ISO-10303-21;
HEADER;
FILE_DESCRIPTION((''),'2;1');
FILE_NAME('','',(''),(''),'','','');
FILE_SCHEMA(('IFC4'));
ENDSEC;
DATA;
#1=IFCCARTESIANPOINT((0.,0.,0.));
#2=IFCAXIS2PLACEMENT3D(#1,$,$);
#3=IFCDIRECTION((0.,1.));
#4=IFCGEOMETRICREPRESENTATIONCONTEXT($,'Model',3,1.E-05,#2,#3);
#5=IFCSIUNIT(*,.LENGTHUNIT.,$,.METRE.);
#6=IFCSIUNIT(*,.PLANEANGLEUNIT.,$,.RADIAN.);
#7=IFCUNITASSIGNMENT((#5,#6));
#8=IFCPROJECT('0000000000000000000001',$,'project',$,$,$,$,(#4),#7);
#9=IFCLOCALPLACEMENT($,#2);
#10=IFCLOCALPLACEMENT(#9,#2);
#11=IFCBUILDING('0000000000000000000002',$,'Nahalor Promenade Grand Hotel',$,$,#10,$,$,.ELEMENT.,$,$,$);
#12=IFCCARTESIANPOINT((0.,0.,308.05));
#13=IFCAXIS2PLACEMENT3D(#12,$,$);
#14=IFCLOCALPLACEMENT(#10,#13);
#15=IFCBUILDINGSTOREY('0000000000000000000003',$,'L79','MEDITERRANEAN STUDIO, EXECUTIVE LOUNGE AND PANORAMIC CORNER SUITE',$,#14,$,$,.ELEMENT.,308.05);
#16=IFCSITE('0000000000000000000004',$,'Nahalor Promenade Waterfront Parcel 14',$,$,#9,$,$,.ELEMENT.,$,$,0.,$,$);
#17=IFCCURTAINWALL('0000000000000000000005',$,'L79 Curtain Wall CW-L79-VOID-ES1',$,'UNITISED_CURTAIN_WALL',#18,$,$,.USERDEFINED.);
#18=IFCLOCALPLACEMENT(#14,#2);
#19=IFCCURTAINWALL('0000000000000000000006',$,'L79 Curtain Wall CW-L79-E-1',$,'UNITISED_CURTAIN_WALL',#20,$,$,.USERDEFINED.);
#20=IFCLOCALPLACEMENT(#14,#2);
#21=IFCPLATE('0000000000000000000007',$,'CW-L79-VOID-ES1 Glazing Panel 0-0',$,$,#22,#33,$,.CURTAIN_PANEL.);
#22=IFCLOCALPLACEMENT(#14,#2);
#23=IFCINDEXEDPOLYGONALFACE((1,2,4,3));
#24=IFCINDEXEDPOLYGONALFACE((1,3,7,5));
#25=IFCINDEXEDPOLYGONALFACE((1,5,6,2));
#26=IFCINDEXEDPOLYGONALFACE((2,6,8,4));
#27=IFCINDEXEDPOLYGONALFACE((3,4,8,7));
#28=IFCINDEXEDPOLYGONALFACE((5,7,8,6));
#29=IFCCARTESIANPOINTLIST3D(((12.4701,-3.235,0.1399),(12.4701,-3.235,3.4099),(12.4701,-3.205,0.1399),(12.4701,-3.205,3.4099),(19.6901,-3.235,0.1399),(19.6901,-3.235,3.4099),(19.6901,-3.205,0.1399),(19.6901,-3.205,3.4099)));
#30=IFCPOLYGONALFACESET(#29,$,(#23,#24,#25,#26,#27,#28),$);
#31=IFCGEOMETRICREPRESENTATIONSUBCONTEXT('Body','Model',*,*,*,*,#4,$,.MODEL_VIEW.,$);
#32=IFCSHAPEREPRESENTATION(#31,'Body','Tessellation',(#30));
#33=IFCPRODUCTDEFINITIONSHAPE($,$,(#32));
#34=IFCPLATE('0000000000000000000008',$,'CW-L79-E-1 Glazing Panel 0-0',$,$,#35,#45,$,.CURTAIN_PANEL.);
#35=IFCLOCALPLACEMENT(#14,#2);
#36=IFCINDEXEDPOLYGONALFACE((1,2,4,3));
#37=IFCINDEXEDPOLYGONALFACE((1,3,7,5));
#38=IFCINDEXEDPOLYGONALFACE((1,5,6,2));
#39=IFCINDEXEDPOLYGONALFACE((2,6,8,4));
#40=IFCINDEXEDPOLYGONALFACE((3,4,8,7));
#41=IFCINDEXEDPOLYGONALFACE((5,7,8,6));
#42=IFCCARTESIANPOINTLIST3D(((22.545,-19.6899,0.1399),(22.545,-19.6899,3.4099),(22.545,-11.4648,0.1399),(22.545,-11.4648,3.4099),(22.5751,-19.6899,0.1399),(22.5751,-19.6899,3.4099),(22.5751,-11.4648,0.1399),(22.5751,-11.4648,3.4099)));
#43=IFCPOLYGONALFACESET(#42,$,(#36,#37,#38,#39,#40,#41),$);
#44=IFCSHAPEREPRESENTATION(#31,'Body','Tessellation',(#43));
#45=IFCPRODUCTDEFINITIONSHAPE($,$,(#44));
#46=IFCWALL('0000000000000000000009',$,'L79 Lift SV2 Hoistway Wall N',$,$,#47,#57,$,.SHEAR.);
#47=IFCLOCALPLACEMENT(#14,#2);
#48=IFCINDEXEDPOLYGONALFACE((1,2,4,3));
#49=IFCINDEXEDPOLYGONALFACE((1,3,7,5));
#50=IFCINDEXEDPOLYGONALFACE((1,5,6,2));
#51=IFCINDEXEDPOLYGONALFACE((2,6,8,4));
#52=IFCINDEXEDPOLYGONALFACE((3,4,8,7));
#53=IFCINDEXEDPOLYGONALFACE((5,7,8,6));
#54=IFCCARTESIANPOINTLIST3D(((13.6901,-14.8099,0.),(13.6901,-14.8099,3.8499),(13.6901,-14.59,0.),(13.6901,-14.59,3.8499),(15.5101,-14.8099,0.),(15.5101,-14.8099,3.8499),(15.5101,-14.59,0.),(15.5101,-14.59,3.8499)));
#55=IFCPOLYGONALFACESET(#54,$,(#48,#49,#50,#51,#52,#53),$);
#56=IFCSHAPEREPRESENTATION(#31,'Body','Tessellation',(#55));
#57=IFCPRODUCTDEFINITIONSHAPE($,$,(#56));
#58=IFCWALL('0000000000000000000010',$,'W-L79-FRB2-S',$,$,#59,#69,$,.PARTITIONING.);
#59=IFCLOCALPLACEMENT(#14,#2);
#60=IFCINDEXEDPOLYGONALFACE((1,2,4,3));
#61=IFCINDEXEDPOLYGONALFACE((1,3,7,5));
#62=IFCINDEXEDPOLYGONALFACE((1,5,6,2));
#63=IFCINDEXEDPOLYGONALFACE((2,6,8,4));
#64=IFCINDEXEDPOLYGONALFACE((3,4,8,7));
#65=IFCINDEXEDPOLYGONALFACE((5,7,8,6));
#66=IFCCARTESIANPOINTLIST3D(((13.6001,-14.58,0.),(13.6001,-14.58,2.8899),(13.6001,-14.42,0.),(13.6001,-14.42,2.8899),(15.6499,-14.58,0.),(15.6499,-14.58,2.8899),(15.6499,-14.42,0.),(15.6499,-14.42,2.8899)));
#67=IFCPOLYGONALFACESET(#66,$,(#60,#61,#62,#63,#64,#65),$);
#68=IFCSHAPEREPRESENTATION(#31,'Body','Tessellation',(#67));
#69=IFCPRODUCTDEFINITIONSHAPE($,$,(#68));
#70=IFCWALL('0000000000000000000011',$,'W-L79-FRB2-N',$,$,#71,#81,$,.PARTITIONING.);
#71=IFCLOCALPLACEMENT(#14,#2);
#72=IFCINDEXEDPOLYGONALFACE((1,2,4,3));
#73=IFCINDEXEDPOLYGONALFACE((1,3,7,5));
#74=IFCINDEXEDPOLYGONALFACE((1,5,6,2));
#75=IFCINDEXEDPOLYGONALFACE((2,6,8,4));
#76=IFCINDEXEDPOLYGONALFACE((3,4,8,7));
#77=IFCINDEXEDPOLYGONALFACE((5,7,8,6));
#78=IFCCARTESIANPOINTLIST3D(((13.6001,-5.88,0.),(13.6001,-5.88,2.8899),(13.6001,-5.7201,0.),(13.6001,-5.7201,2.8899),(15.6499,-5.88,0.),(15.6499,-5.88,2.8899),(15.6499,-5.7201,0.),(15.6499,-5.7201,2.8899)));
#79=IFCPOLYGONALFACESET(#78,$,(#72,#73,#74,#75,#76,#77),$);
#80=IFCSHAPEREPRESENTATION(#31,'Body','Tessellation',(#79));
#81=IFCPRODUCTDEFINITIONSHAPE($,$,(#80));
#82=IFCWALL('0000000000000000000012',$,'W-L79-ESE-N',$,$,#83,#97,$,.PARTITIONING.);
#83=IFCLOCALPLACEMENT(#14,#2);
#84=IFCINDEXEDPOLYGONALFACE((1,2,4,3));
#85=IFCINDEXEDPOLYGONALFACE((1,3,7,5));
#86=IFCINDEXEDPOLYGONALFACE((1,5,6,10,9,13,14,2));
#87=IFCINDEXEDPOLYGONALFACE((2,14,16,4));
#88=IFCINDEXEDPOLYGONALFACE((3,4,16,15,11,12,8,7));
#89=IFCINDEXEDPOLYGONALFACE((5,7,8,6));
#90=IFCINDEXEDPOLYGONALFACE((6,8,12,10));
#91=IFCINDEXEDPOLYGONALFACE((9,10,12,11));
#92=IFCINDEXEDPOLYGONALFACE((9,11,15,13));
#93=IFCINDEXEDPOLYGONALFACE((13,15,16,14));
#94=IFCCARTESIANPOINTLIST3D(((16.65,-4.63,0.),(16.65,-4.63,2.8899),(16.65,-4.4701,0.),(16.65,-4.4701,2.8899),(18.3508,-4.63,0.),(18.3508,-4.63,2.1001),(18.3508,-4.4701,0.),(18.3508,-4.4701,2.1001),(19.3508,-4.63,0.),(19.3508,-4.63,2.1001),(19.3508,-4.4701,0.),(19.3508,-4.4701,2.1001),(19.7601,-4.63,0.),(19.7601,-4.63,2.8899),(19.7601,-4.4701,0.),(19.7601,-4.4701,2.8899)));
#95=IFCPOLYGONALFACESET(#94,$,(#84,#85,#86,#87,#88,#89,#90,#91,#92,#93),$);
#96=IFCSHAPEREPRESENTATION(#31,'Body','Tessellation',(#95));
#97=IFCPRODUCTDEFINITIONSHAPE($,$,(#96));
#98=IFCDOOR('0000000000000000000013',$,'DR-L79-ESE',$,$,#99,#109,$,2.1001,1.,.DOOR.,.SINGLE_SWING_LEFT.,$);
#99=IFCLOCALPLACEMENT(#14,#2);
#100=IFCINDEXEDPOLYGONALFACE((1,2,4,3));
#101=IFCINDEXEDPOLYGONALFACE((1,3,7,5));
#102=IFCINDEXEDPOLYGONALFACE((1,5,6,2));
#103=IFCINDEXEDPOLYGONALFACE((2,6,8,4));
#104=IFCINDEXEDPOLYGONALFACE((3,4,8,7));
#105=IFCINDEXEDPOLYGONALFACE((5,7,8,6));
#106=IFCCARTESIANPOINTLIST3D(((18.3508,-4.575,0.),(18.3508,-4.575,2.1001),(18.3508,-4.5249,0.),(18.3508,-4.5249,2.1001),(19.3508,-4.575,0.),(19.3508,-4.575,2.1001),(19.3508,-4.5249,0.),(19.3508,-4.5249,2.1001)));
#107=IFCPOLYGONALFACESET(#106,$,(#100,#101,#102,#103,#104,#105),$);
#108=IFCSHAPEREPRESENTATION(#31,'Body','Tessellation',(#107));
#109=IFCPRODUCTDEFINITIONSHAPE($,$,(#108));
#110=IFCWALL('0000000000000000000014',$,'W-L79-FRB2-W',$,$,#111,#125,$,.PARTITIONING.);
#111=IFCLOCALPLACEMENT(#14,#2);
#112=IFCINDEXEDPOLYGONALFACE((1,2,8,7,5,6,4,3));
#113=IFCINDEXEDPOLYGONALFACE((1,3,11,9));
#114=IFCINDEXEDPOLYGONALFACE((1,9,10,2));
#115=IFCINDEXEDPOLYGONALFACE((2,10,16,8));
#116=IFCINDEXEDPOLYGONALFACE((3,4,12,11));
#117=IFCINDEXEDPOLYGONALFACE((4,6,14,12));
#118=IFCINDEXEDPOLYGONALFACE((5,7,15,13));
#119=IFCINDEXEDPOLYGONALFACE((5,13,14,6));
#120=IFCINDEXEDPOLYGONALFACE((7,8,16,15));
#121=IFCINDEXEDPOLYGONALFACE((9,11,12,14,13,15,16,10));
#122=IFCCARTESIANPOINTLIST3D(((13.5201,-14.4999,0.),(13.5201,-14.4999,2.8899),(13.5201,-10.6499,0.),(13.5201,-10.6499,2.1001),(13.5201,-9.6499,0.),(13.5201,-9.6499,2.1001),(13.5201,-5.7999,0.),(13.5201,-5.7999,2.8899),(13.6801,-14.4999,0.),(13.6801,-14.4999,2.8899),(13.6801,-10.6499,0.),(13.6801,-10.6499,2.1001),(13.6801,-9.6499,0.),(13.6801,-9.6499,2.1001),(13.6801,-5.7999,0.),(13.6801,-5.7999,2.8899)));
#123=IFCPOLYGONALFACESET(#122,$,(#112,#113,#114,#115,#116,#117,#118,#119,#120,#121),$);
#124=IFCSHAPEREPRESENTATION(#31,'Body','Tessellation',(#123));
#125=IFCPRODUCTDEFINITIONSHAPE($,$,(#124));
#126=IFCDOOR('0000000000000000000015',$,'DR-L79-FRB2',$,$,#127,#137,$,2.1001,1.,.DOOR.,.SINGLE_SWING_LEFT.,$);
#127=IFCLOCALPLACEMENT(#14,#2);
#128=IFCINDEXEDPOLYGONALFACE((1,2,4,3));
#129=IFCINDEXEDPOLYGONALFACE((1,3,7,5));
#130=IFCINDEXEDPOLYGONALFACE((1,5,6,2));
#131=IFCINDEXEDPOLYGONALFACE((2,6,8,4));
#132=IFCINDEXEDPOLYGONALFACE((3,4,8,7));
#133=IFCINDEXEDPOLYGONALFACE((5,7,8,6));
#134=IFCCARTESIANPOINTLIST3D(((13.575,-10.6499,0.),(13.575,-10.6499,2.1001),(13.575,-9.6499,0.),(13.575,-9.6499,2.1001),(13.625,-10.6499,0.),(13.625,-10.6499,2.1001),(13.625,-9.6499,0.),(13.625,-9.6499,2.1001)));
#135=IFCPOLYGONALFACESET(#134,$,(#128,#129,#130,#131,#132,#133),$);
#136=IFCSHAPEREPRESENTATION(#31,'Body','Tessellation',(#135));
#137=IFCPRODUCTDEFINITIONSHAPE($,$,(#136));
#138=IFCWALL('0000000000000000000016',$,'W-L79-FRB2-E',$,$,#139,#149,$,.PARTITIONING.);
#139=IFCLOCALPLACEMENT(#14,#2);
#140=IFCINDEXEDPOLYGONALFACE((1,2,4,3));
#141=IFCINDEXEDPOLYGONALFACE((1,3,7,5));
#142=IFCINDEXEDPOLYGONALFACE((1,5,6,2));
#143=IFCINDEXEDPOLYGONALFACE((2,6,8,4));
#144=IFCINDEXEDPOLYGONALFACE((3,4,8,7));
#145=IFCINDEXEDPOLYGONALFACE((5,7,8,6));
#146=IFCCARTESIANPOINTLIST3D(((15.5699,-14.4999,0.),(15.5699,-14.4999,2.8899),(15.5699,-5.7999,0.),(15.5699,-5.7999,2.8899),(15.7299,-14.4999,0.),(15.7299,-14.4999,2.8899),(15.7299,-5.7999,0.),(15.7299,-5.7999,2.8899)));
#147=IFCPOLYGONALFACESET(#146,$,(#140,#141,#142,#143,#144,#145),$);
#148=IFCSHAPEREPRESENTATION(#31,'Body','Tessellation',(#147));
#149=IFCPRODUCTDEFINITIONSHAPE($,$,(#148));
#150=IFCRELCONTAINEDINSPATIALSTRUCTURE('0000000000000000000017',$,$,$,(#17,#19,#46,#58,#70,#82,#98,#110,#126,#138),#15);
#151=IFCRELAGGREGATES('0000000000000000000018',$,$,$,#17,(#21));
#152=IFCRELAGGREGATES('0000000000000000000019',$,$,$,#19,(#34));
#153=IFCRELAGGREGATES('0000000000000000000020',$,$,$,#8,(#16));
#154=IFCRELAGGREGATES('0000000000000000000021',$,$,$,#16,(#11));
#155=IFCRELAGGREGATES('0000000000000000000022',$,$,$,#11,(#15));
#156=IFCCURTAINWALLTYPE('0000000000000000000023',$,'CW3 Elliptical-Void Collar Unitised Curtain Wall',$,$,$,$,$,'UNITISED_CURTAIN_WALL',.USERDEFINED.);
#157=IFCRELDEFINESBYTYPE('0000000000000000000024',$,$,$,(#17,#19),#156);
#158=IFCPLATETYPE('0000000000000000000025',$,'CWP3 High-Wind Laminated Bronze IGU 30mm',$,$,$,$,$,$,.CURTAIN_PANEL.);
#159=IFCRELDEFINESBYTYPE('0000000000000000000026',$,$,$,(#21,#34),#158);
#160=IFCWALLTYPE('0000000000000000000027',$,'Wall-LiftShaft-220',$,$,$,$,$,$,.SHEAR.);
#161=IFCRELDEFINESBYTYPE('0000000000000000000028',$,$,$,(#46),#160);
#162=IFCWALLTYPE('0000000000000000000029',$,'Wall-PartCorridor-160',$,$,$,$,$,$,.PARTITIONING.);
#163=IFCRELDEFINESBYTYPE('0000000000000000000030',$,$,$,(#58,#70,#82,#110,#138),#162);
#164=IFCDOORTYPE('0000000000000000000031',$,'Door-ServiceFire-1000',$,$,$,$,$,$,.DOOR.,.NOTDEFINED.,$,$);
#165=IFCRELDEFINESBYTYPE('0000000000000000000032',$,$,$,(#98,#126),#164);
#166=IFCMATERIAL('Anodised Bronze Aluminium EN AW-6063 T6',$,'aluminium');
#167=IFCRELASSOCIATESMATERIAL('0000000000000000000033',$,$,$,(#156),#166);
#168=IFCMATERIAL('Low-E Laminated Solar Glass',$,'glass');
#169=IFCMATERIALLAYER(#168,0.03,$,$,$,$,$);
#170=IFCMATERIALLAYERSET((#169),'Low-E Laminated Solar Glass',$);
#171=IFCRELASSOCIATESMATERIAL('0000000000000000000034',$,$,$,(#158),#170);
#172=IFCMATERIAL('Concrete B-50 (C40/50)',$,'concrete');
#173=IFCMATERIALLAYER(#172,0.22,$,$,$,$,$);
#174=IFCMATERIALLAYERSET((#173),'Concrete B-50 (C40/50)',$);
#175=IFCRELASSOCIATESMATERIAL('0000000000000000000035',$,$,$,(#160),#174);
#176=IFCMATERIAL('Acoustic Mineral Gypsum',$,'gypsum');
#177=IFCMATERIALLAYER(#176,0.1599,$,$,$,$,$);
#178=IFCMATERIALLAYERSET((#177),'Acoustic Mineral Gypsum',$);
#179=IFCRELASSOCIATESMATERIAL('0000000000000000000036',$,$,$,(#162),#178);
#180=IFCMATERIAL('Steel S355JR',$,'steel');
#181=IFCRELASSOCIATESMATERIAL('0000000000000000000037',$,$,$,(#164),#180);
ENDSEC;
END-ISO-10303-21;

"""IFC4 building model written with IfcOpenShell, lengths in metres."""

from ifc_helpers import new_model, si_unit, direction, frame, frame_2d, origin, origin_2d, place, context, subcontext, project, spatial, rectangle, extrude, source, transform, mapped, material, layer, layer_set, type_object, element, fill, aggregate, save


model = new_model("IFC4")

# Units and contexts
model_context = context("Model", 3, precision=1e-05, world=origin(), true_north=direction((0.0, 1.0)))
body_context = subcontext(model_context, "Body", "Model", "MODEL_VIEW")
ifc_project = project(units=[si_unit("LENGTHUNIT", "METRE"), si_unit("PLANEANGLEUNIT", "RADIAN")], contexts=[model_context])

# Site, building, storey
site_placement = place(None, origin())
site = spatial("IfcSite", under=ifc_project, at=site_placement, Name="Nahalor Promenade Waterfront Parcel 14", CompositionType="ELEMENT", RefElevation=0.0)
building_placement = place(site_placement, origin())
building = spatial("IfcBuilding", under=site, at=building_placement, Name="Nahalor Promenade Grand Hotel", CompositionType="ELEMENT")
storey_placement = place(building_placement, frame((0.0, 0.0, 308.05)))
storey = spatial("IfcBuildingStorey", under=building, at=storey_placement, Name="L79", Description="MEDITERRANEAN STUDIO, EXECUTIVE LOUNGE AND PANORAMIC CORNER SUITE", CompositionType="ELEMENT", Elevation=308.05)

# Shared definitions
ifc_material_1 = material(Name="Steel S355JR", Category="steel")

# Curtain walls
ifc_material_2 = material(Name="Anodised Bronze Aluminium EN AW-6063 T6", Category="aluminium")
curtain_wall_type = type_object("IfcCurtainWallType", Name="CW3 Elliptical-Void Collar Unitised Curtain Wall", ElementType="UNITISED_CURTAIN_WALL", PredefinedType="USERDEFINED", material=ifc_material_2)
curtain_wall_1_placement = place(storey_placement, origin())
curtain_wall_1 = element("IfcCurtainWall", 1, at=curtain_wall_1_placement, inside=storey, type_object=curtain_wall_type, Name="L79 Curtain Wall CW-L79-VOID-ES1", ObjectType="UNITISED_CURTAIN_WALL", PredefinedType="USERDEFINED")
curtain_wall_2_placement = place(storey_placement, origin())
curtain_wall_2 = element("IfcCurtainWall", 2, at=curtain_wall_2_placement, inside=storey, type_object=curtain_wall_type, Name="L79 Curtain Wall CW-L79-E-1", ObjectType="UNITISED_CURTAIN_WALL", PredefinedType="USERDEFINED")

# Plates
ifc_material_3 = material(Name="Low-E Laminated Solar Glass", Category="glass")
ifc_layer_1 = layer(ifc_material_3, 0.03)
ifc_layer_set_1 = layer_set([ifc_layer_1], Name="Low-E Laminated Solar Glass")
plate_type_1 = type_object("IfcPlateType", Name="CWP3 High-Wind Laminated Bronze IGU 30mm", PredefinedType="CURTAIN_PANEL", material=ifc_layer_set_1)
shared_shape_1 = source(origin(), body_context, "Body", "SweptSolid", [
    extrude(rectangle(XDim=7.22, YDim=0.03, at=origin_2d()), origin(), (0.0, 0.0, 1.0), 3.27),
])
plate_1_placement = place(storey_placement, frame((16.0801, -3.22, 0.1399), z_axis=(0.0, 0.0, 1.0), x_axis=(1.0, 0.0, 0.0)))
plate_1 = element("IfcPlate", 3, at=plate_1_placement, type_object=plate_type_1, Name="CW-L79-VOID-ES1 Glazing Panel 0-0", PredefinedType="CURTAIN_PANEL", context=body_context, shape_type="MappedRepresentation", body=[
    mapped(shared_shape_1, transform((0.0, 0.0, 0.0), scale=1.0)),
])
aggregate(curtain_wall_1, [plate_1])
shared_shape_2 = source(origin(), body_context, "Body", "SweptSolid", [
    extrude(rectangle(XDim=8.2251, YDim=0.03, at=origin_2d()), origin(), (0.0, 0.0, 1.0), 3.27),
])
plate_2_placement = place(storey_placement, frame((22.5601, -15.5774, 0.1399), z_axis=(0.0, 0.0, 1.0), x_axis=(0.0, 1.0, 0.0)))
plate_2 = element("IfcPlate", 4, at=plate_2_placement, type_object=plate_type_1, Name="CW-L79-E-1 Glazing Panel 0-0", PredefinedType="CURTAIN_PANEL", context=body_context, shape_type="MappedRepresentation", body=[
    mapped(shared_shape_2, transform((0.0, 0.0, 0.0), scale=1.0)),
])
aggregate(curtain_wall_2, [plate_2])

# Walls
ifc_material_4 = material(Name="Concrete B-50 (C40/50)", Category="concrete")
ifc_layer_2 = layer(ifc_material_4, 0.22)
ifc_layer_set_2 = layer_set([ifc_layer_2], Name="Concrete B-50 (C40/50)")
wall_type_1 = type_object("IfcWallType", Name="Wall-LiftShaft-220", PredefinedType="SHEAR", material=ifc_layer_set_2)
shared_shape_3 = source(origin(), body_context, "Body", "SweptSolid", [
    extrude(rectangle(XDim=1.8201, YDim=0.22, at=frame_2d((0.9102, 0.0))), origin(), (0.0, 0.0, 1.0), 3.8499),
])
wall_1_placement = place(storey_placement, frame((13.6899, -14.7, 0.0), z_axis=(0.0, 0.0, 1.0), x_axis=(1.0, 0.0, 0.0)))
element("IfcWall", 5, at=wall_1_placement, inside=storey, type_object=wall_type_1, Name="L79 Lift SV2 Hoistway Wall N", PredefinedType="SHEAR", context=body_context, shape_type="MappedRepresentation", body=[
    mapped(shared_shape_3, transform((0.0, 0.0, 0.0), scale=1.0)),
])
ifc_material_5 = material(Name="Acoustic Mineral Gypsum", Category="gypsum")
ifc_layer_3 = layer(ifc_material_5, 0.1599)
ifc_layer_set_3 = layer_set([ifc_layer_3], Name="Acoustic Mineral Gypsum")
wall_type_2 = type_object("IfcWallType", Name="Wall-PartCorridor-160", PredefinedType="PARTITIONING", material=ifc_layer_set_3)
shared_shape_4 = source(origin(), body_context, "Body", "SweptSolid", [
    extrude(rectangle(XDim=2.0498, YDim=0.1599, at=frame_2d((1.0249, 0.0))), origin(), (0.0, 0.0, 1.0), 2.8899),
])
for number, where, z_axis, x_axis, name in (
    (6, (13.6001, -14.5, 0.0), (0.0, 0.0, 1.0), (1.0, 0.0, 0.0), "W-L79-FRB2-S"),
    (7, (13.6001, -5.8, 0.0), (0.0, 0.0, 1.0), (1.0, 0.0, 0.0), "W-L79-FRB2-N"),
):
    element("IfcWall", number, at=place(storey_placement, frame(where, z_axis=z_axis, x_axis=x_axis)), inside=storey, type_object=wall_type_2, Name=name, PredefinedType="PARTITIONING", context=body_context, shape_type="MappedRepresentation", body=[
        mapped(shared_shape_4, transform((0.0, 0.0, 0.0), scale=1.0)),
    ])

# Walls, openings, doors
shared_shape_5 = source(origin(), body_context, "Body", "SweptSolid", [
    extrude(rectangle(XDim=3.1101, YDim=0.1599, at=frame_2d((1.5552, 0.0))), origin(), (0.0, 0.0, 1.0), 2.8899),
])
wall_2_placement = place(storey_placement, frame((16.6499, -4.55, 0.0), z_axis=(0.0, 0.0, 1.0), x_axis=(1.0, 0.0, 0.0)))
wall_2 = element("IfcWall", 8, at=wall_2_placement, inside=storey, type_object=wall_type_2, Name="W-L79-ESE-N", PredefinedType="PARTITIONING", context=body_context, shape_type="MappedRepresentation", body=[
    mapped(shared_shape_5, transform((0.0, 0.0, 0.0), scale=1.0)),
])
opening_1_placement = place(wall_2_placement, frame((1.7009, 0.0, 0.0)))
opening_1 = element("IfcOpeningElement", 9, at=opening_1_placement, cuts=wall_2, PredefinedType="OPENING", context=body_context, shape_type="SweptSolid", body=[
    extrude(rectangle(XDim=1.0, YDim=2.1001, at=frame_2d((0.5, 1.05))), frame((0.0, 0.0898, 0.0), z_axis=(0.0, -1.0, 0.0), x_axis=(1.0, 0.0, 0.0)), (0.0, 0.0, 1.0), 0.1799),
])
door_type = type_object("IfcDoorType", Name="Door-ServiceFire-1000", OperationType="NOTDEFINED", PredefinedType="DOOR", material=ifc_material_1)
shared_shape_6 = source(origin(), body_context, "Body", "SweptSolid", [
    extrude(rectangle(XDim=1.0, YDim=2.1001, at=frame_2d((0.5, 1.05))), frame((0.0, 0.0249, 0.0), z_axis=(0.0, -1.0, 0.0), x_axis=(1.0, 0.0, 0.0)), (0.0, 0.0, 1.0), 0.05),
])
door_1_placement = place(opening_1_placement, frame((1.0, 0.0, 0.0), z_axis=(0.0, 0.0, 1.0), x_axis=(-1.0, 0.0, 0.0)))
door_1 = element("IfcDoor", 10, at=door_1_placement, inside=storey, type_object=door_type, Name="DR-L79-ESE", OperationType="SINGLE_SWING_LEFT", OverallHeight=2.1001, OverallWidth=1.0, PredefinedType="DOOR", context=body_context, shape_type="MappedRepresentation", body=[
    mapped(shared_shape_6, transform((0.0, 0.0, 0.0), scale=1.0)),
])
fill(opening_1, door_1)
shared_shape_7 = source(origin(), body_context, "Body", "SweptSolid", [
    extrude(rectangle(XDim=8.7, YDim=0.1599, at=frame_2d((4.3501, 0.0))), origin(), (0.0, 0.0, 1.0), 2.8899),
])
wall_3_placement = place(storey_placement, frame((13.6001, -14.5, 0.0), z_axis=(0.0, 0.0, 1.0), x_axis=(0.0, 1.0, 0.0)))
wall_3 = element("IfcWall", 11, at=wall_3_placement, inside=storey, type_object=wall_type_2, Name="W-L79-FRB2-W", PredefinedType="PARTITIONING", context=body_context, shape_type="MappedRepresentation", body=[
    mapped(shared_shape_7, transform((0.0, 0.0, 0.0), scale=1.0)),
])
opening_2_placement = place(wall_3_placement, frame((3.8501, 0.0, 0.0)))
opening_2 = element("IfcOpeningElement", 12, at=opening_2_placement, cuts=wall_3, PredefinedType="OPENING", context=body_context, shape_type="SweptSolid", body=[
    extrude(rectangle(XDim=1.0, YDim=2.1001, at=frame_2d((0.5, 1.05))), frame((0.0, 0.0898, 0.0), z_axis=(0.0, -1.0, 0.0), x_axis=(1.0, 0.0, 0.0)), (0.0, 0.0, 1.0), 0.1799),
])
door_2_placement = place(opening_2_placement, frame((1.0, 0.0, 0.0), z_axis=(0.0, 0.0, 1.0), x_axis=(-1.0, 0.0, 0.0)))
door_2 = element("IfcDoor", 13, at=door_2_placement, inside=storey, type_object=door_type, Name="DR-L79-FRB2", OperationType="SINGLE_SWING_LEFT", OverallHeight=2.1001, OverallWidth=1.0, PredefinedType="DOOR", context=body_context, shape_type="MappedRepresentation", body=[
    mapped(shared_shape_6, transform((0.0, 0.0, 0.0), scale=1.0)),
])
fill(opening_2, door_2)

# Wall
wall_4_placement = place(storey_placement, frame((15.6499, -14.5, 0.0), z_axis=(0.0, 0.0, 1.0), x_axis=(0.0, 1.0, 0.0)))
element("IfcWall", 14, at=wall_4_placement, inside=storey, type_object=wall_type_2, Name="W-L79-FRB2-E", PredefinedType="PARTITIONING", context=body_context, shape_type="MappedRepresentation", body=[
    mapped(shared_shape_7, transform((0.0, 0.0, 0.0), scale=1.0)),
])

save(model, "model.ifc")
